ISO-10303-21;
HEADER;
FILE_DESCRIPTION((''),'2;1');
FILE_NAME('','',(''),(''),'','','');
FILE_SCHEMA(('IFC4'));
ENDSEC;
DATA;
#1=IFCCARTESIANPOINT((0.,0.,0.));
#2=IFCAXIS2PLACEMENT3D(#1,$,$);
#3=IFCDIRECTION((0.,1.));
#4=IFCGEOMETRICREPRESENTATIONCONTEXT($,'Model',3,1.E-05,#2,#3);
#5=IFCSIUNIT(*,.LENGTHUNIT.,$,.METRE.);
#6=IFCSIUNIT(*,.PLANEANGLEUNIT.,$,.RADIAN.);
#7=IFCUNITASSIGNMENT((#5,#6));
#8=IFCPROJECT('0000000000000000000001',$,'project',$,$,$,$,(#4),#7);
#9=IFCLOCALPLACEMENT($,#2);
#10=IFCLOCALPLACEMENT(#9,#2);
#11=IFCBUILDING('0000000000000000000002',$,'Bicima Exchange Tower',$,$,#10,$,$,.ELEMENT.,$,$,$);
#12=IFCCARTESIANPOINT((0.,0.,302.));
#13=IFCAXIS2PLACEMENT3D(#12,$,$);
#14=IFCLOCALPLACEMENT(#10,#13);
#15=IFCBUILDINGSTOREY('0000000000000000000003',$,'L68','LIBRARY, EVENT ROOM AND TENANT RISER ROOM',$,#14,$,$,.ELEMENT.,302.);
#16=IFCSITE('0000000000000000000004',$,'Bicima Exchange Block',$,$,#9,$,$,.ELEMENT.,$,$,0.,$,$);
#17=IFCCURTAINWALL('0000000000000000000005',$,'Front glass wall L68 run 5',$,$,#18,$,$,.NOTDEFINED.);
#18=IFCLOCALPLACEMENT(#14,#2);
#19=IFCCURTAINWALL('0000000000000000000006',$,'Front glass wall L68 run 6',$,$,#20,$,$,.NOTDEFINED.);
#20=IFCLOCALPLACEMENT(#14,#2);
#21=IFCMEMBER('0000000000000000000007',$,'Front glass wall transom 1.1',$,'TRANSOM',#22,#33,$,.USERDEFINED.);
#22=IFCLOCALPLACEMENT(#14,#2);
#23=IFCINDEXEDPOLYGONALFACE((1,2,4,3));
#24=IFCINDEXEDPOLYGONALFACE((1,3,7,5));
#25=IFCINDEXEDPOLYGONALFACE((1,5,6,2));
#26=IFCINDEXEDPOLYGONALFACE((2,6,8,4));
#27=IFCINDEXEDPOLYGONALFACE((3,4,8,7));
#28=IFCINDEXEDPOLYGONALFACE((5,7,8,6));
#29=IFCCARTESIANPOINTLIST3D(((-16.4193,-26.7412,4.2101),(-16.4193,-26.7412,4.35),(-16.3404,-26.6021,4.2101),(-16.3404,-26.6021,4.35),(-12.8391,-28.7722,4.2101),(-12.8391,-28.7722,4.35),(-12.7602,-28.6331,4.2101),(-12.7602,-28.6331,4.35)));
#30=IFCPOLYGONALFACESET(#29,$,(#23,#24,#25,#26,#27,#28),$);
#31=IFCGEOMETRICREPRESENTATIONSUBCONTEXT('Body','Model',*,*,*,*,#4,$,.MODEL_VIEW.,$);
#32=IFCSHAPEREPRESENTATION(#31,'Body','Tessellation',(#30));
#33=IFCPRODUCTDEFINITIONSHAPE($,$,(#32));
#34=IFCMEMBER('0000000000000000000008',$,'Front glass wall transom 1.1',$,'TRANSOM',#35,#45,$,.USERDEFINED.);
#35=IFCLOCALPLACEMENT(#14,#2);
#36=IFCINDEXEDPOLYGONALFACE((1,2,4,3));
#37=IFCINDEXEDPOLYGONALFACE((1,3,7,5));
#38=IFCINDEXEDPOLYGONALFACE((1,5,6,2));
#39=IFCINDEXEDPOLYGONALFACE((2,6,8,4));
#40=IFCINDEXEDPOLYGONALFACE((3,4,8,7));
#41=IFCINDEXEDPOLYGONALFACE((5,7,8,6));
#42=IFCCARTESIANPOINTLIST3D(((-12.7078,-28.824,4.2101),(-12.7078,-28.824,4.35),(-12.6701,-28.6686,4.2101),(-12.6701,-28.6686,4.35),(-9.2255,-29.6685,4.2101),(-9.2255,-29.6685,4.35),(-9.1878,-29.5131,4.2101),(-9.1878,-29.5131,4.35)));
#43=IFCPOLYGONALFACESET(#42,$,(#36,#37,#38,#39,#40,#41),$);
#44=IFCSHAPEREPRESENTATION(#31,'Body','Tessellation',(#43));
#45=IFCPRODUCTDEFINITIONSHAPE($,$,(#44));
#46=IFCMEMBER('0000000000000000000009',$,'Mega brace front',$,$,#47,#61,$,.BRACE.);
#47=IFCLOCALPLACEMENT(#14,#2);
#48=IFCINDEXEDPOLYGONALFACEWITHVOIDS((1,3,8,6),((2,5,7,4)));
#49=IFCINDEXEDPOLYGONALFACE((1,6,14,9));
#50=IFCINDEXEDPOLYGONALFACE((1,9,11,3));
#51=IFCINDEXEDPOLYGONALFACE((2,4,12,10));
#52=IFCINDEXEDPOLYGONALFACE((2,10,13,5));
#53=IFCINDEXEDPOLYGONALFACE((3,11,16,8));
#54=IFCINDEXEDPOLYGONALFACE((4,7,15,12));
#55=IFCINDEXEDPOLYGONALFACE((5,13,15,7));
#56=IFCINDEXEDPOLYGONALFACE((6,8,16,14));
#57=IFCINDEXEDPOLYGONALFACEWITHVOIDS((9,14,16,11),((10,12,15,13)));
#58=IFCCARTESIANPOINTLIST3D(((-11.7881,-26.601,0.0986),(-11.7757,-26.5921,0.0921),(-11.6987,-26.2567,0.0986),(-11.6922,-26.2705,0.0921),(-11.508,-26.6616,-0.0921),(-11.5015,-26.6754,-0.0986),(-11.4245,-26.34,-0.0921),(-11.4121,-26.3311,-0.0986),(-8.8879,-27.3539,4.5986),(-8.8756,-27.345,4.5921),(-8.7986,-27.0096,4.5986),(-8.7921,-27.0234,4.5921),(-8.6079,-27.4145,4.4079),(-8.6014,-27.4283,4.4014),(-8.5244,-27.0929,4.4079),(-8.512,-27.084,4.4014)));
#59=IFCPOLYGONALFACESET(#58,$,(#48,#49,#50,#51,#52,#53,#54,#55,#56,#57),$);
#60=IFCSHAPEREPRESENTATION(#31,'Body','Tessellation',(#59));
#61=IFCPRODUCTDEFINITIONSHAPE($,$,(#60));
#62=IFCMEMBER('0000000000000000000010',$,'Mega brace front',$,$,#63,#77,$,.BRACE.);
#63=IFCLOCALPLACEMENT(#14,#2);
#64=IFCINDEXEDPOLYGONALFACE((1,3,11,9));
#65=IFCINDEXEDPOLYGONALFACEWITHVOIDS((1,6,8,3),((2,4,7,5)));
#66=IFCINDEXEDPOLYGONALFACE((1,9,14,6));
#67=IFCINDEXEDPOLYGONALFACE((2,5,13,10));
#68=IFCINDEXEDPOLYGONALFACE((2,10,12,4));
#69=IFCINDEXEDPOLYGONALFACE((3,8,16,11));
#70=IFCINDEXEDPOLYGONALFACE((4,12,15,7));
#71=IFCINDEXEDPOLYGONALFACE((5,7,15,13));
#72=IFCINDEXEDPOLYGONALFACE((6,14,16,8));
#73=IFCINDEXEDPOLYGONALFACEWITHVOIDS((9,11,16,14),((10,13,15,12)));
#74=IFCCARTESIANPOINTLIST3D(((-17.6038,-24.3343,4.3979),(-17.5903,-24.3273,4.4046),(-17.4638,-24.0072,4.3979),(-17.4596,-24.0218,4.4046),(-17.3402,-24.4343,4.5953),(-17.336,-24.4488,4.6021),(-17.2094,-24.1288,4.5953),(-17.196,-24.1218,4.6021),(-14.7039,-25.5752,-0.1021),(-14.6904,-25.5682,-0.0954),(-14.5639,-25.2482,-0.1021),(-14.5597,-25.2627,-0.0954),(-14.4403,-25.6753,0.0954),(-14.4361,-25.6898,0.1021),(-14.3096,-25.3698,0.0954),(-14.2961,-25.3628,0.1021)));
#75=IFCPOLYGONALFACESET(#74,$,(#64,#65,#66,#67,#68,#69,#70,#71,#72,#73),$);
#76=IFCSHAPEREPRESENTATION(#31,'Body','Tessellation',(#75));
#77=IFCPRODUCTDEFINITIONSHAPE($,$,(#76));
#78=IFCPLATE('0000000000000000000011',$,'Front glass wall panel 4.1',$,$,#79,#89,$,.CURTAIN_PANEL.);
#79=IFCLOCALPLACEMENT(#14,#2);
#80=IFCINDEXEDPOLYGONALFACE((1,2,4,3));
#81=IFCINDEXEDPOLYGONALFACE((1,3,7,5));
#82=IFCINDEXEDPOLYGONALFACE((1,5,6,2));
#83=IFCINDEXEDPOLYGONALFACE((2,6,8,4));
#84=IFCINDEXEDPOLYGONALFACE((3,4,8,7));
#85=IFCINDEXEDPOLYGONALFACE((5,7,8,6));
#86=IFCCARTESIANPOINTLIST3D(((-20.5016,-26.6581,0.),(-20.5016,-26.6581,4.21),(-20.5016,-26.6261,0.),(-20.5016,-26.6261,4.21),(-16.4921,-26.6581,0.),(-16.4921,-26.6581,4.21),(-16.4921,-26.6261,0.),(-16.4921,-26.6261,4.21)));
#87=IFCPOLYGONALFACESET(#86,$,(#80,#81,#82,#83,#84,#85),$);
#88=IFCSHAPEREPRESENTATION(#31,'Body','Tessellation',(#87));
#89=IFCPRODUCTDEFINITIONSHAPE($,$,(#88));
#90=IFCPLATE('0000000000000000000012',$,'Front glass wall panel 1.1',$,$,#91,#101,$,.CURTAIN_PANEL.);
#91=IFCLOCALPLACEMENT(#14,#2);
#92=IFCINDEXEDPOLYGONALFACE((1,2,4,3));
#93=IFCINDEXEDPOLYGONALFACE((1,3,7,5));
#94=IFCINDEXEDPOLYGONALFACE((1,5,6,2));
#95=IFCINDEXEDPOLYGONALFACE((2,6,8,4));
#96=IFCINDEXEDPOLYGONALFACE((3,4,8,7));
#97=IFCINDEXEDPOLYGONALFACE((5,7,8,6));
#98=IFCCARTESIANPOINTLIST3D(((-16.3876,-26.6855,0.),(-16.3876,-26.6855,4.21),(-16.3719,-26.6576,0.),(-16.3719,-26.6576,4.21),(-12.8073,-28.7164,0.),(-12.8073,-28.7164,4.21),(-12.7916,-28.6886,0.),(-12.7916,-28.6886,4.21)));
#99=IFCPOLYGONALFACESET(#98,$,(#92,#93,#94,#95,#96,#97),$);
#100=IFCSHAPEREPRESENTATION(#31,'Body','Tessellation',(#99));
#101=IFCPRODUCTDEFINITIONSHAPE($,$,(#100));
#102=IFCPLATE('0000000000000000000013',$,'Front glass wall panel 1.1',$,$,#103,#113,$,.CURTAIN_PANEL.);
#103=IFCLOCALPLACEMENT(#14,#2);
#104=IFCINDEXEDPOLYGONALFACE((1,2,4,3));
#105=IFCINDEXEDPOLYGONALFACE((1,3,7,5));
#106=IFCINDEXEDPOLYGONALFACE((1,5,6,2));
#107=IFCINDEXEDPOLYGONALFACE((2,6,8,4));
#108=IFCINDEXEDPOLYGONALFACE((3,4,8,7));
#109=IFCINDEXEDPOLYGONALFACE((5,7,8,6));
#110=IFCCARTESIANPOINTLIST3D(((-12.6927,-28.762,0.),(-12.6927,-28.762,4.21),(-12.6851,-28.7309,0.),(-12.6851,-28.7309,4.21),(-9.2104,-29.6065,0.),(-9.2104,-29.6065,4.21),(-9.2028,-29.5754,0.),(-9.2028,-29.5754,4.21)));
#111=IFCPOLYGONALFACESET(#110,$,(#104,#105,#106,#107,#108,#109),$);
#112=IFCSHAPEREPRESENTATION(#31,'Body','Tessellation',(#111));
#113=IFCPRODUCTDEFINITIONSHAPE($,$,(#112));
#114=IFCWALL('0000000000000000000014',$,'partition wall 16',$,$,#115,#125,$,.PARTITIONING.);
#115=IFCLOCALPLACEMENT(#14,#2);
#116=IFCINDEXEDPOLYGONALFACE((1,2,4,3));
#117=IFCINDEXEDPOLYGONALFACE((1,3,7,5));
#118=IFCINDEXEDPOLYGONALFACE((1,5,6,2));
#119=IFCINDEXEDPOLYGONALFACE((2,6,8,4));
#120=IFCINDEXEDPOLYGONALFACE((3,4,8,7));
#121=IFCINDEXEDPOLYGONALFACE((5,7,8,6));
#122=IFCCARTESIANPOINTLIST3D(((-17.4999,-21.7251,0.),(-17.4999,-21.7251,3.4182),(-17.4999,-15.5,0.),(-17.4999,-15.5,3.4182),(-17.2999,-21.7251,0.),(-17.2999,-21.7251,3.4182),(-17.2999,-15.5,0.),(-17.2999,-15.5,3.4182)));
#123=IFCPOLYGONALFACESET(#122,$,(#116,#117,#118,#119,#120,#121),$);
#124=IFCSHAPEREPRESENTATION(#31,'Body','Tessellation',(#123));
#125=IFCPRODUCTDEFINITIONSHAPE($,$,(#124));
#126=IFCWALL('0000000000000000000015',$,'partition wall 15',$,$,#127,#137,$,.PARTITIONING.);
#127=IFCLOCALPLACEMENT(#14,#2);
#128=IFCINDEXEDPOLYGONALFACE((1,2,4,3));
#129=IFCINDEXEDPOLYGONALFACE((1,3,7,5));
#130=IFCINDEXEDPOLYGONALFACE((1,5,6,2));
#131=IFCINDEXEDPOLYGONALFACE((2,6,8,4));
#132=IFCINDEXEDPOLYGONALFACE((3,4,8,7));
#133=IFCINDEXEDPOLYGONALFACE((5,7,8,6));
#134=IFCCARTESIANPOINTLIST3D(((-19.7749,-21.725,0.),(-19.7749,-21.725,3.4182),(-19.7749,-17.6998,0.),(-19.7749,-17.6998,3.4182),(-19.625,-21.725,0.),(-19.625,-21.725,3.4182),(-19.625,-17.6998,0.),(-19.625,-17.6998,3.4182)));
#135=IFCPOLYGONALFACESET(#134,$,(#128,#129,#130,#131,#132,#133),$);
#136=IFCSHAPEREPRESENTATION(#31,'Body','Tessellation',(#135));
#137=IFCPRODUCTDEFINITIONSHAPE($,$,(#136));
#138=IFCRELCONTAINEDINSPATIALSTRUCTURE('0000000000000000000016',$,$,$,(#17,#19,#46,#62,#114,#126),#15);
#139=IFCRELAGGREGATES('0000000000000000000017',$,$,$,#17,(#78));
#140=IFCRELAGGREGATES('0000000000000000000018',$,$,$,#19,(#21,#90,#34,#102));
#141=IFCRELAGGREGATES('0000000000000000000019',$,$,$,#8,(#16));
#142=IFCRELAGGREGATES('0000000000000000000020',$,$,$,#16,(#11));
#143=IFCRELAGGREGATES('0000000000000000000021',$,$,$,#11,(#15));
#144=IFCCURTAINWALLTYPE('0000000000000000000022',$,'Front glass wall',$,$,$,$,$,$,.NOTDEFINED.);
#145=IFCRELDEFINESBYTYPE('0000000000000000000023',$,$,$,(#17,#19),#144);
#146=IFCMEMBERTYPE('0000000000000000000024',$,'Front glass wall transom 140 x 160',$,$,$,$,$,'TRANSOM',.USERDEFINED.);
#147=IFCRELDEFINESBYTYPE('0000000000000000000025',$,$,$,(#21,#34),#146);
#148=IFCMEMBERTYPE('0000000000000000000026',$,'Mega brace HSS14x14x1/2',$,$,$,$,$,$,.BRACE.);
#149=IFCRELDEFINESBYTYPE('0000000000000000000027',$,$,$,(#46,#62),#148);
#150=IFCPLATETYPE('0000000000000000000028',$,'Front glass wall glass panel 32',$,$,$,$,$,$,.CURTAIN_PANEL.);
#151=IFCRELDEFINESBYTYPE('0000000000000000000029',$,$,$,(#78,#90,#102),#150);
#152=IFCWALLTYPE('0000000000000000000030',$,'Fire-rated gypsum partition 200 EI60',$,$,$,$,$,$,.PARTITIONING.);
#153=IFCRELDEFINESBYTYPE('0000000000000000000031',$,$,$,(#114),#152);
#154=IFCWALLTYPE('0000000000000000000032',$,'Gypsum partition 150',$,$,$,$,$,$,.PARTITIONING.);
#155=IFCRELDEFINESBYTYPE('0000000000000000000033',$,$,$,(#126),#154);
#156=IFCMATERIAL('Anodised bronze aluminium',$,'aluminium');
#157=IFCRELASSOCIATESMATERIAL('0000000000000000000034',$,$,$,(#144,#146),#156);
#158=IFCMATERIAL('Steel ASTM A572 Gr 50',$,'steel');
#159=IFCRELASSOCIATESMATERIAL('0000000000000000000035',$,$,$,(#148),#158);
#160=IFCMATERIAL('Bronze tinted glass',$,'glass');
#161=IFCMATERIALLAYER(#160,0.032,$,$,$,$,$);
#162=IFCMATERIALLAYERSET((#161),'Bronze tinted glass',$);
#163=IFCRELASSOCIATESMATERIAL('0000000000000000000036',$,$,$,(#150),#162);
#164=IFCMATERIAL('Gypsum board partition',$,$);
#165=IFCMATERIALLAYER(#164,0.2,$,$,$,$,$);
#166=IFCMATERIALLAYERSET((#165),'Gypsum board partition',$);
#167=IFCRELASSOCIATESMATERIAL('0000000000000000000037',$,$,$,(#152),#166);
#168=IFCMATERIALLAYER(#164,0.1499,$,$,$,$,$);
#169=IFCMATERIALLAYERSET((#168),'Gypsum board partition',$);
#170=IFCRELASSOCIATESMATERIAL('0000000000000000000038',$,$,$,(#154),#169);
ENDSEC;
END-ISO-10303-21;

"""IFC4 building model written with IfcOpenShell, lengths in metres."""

from ifc_helpers import new_model, si_unit, direction, frame, frame_2d, origin, origin_2d, place, context, subcontext, project, spatial, rectangle, hollow_rectangle, extrude, material, layer, layer_set, material_profile, profile_set, type_object, element, aggregate, save


model = new_model("IFC4")

# Units and contexts
model_context = context("Model", 3, precision=1e-05, world=origin(), true_north=direction((0.0, 1.0)))
body_context = subcontext(model_context, "Body", "Model", "MODEL_VIEW")
ifc_project = project(units=[si_unit("LENGTHUNIT", "METRE"), si_unit("PLANEANGLEUNIT", "RADIAN")], contexts=[model_context])

# Site, building, storey
site_placement = place(None, origin())
site = spatial("IfcSite", under=ifc_project, at=site_placement, Name="Bicima Exchange Block", CompositionType="ELEMENT", RefElevation=0.0)
building_placement = place(site_placement, origin())
building = spatial("IfcBuilding", under=site, at=building_placement, Name="Bicima Exchange Tower", CompositionType="ELEMENT")
storey_placement = place(building_placement, frame((0.0, 0.0, 302.0)))
storey = spatial("IfcBuildingStorey", under=building, at=storey_placement, Name="L68", Description="LIBRARY, EVENT ROOM AND TENANT RISER ROOM", CompositionType="ELEMENT", Elevation=302.0)

# Curtain walls
ifc_material_1 = material(Name="Anodised bronze aluminium", Category="aluminium")
curtain_wall_type = type_object("IfcCurtainWallType", Name="Front glass wall", PredefinedType="NOTDEFINED", material=ifc_material_1)
curtain_wall_1_placement = place(storey_placement, origin())
curtain_wall_1 = element("IfcCurtainWall", 1, at=curtain_wall_1_placement, inside=storey, type_object=curtain_wall_type, Name="Front glass wall L68 run 5", PredefinedType="NOTDEFINED")
curtain_wall_2_placement = place(storey_placement, origin())
curtain_wall_2 = element("IfcCurtainWall", 2, at=curtain_wall_2_placement, inside=storey, type_object=curtain_wall_type, Name="Front glass wall L68 run 6", PredefinedType="NOTDEFINED")

# Members
ifc_material_profile_1 = material_profile(ifc_material_1, rectangle(XDim=0.1599, YDim=0.1399, at=origin_2d()))
ifc_profile_set_1 = profile_set([ifc_material_profile_1], Name="Anodised bronze aluminium")
member_type_1 = type_object("IfcMemberType", Name="Front glass wall transom 140 x 160", ElementType="TRANSOM", PredefinedType="USERDEFINED", material=ifc_profile_set_1)
member_1_placement = place(storey_placement, frame((-16.3799, -26.6716, 4.28), z_axis=(0.869797, -0.493409, 0.0), x_axis=(0.493409, 0.869797, 0.0)))
member_1 = element("IfcMember", 3, at=member_1_placement, type_object=member_type_1, Name="Front glass wall transom 1.1", ObjectType="TRANSOM", PredefinedType="USERDEFINED", context=body_context, shape_type="SweptSolid", body=[
    extrude(rectangle(XDim=0.1599, YDim=0.1399, at=origin_2d()), origin(), (0.0, 0.0, 1.0), 4.1162),
])
member_2_placement = place(storey_placement, frame((-12.689, -28.7463, 4.28), z_axis=(0.971834, -0.235668, 0.0), x_axis=(0.235668, 0.971834, 0.0)))
member_2 = element("IfcMember", 4, at=member_2_placement, type_object=member_type_1, Name="Front glass wall transom 1.1", ObjectType="TRANSOM", PredefinedType="USERDEFINED", context=body_context, shape_type="SweptSolid", body=[
    extrude(rectangle(XDim=0.1599, YDim=0.1399, at=origin_2d()), origin(), (0.0, 0.0, 1.0), 3.5833),
])

# Members
ifc_material_2 = material(Name="Steel ASTM A572 Gr 50", Category="steel")
ifc_material_profile_2 = material_profile(ifc_material_2, hollow_rectangle(XDim=0.3557, YDim=0.3557, WallThickness=0.0117, at=origin_2d()))
ifc_profile_set_2 = profile_set([ifc_material_profile_2], Name="Steel ASTM A572 Gr 50")
member_type_2 = type_object("IfcMemberType", Name="Mega brace HSS14x14x1/2", PredefinedType="BRACE", material=ifc_profile_set_2)
member_3_placement = place(storey_placement, frame((-11.6001, -26.4661, 0.0), z_axis=(0.536441, -0.13927, 0.832367), x_axis=(0.251287, 0.967913, 0.0)))
element("IfcMember", 5, at=member_3_placement, inside=storey, type_object=member_type_2, Name="Mega brace front", PredefinedType="BRACE", context=body_context, shape_type="SweptSolid", body=[
    extrude(hollow_rectangle(XDim=0.3557, YDim=0.3557, WallThickness=0.0117, at=origin_2d()), origin(), (0.0, 0.0, 1.0), 5.4062),
])
member_4_placement = place(storey_placement, frame((-14.5, -25.469, 0.0), z_axis=(-0.527696, 0.225819, 0.818867), x_axis=(-0.393424, -0.919357, 0.0)))
element("IfcMember", 6, at=member_4_placement, inside=storey, type_object=member_type_2, Name="Mega brace front", PredefinedType="BRACE", context=body_context, shape_type="SweptSolid", body=[
    extrude(hollow_rectangle(XDim=0.3557, YDim=0.3557, WallThickness=0.0117, at=origin_2d()), origin(), (0.0, 0.0, 1.0), 5.4954),
])

# Plates
ifc_material_3 = material(Name="Bronze tinted glass", Category="glass")
ifc_layer_1 = layer(ifc_material_3, 0.032)
ifc_layer_set_1 = layer_set([ifc_layer_1], Name="Bronze tinted glass")
plate_type = type_object("IfcPlateType", Name="Front glass wall glass panel 32", PredefinedType="CURTAIN_PANEL", material=ifc_layer_set_1)
plate_1_placement = place(storey_placement, frame((-18.4968, -26.6421, 0.0), z_axis=(0.0, 0.0, 1.0), x_axis=(1.0, 0.0, 0.0)))
plate_1 = element("IfcPlate", 7, at=plate_1_placement, type_object=plate_type, Name="Front glass wall panel 4.1", PredefinedType="CURTAIN_PANEL", context=body_context, shape_type="SweptSolid", body=[
    extrude(rectangle(XDim=4.0095, YDim=0.032, at=origin_2d()), origin(), (0.0, 0.0, 1.0), 4.21),
])
aggregate(curtain_wall_1, [plate_1])
plate_2_placement = place(storey_placement, frame((-14.5896, -27.687, 0.0), z_axis=(0.0, 0.0, 1.0), x_axis=(0.869805, -0.493395, 0.0)))
plate_2 = element("IfcPlate", 8, at=plate_2_placement, type_object=plate_type, Name="Front glass wall panel 1.1", PredefinedType="CURTAIN_PANEL", context=body_context, shape_type="SweptSolid", body=[
    extrude(rectangle(XDim=4.1162, YDim=0.032, at=origin_2d()), origin(), (0.0, 0.0, 1.0), 4.21),
])
plate_3_placement = place(storey_placement, frame((-10.9478, -29.1687, 0.0), z_axis=(0.0, 0.0, 1.0), x_axis=(0.97183, -0.235682, 0.0)))
plate_3 = element("IfcPlate", 9, at=plate_3_placement, type_object=plate_type, Name="Front glass wall panel 1.1", PredefinedType="CURTAIN_PANEL", context=body_context, shape_type="SweptSolid", body=[
    extrude(rectangle(XDim=3.5833, YDim=0.032, at=origin_2d()), origin(), (0.0, 0.0, 1.0), 4.21),
])
aggregate(curtain_wall_2, [member_1, plate_2, member_2, plate_3])

# Walls
ifc_material_4 = material(Name="Gypsum board partition")
ifc_layer_2 = layer(ifc_material_4, 0.2)
ifc_layer_set_2 = layer_set([ifc_layer_2], Name="Gypsum board partition")
wall_type_1 = type_object("IfcWallType", Name="Fire-rated gypsum partition 200 EI60", PredefinedType="PARTITIONING", material=ifc_layer_set_2)
wall_1_placement = place(storey_placement, frame((-17.3999, -21.7251, 0.0), z_axis=(0.0, 0.0, 1.0), x_axis=(0.0, 1.0, 0.0)))
element("IfcWall", 10, at=wall_1_placement, inside=storey, type_object=wall_type_1, Name="partition wall 16", PredefinedType="PARTITIONING", context=body_context, shape_type="SweptSolid", body=[
    extrude(rectangle(XDim=6.2251, YDim=0.2, at=frame_2d((3.1125, 0.0))), origin(), (0.0, 0.0, 1.0), 3.4182),
])
ifc_layer_3 = layer(ifc_material_4, 0.1499)
ifc_layer_set_3 = layer_set([ifc_layer_3], Name="Gypsum board partition")
wall_type_2 = type_object("IfcWallType", Name="Gypsum partition 150", PredefinedType="PARTITIONING", material=ifc_layer_set_3)
wall_2_placement = place(storey_placement, frame((-19.7, -21.7251, 0.0), z_axis=(0.0, 0.0, 1.0), x_axis=(0.0, 1.0, 0.0)))
element("IfcWall", 11, at=wall_2_placement, inside=storey, type_object=wall_type_2, Name="partition wall 15", PredefinedType="PARTITIONING", context=body_context, shape_type="SweptSolid", body=[
    extrude(rectangle(XDim=4.0251, YDim=0.1499, at=frame_2d((2.0127, 0.0))), origin(), (0.0, 0.0, 1.0), 3.4182),
])

save(model, "model.ifc")
